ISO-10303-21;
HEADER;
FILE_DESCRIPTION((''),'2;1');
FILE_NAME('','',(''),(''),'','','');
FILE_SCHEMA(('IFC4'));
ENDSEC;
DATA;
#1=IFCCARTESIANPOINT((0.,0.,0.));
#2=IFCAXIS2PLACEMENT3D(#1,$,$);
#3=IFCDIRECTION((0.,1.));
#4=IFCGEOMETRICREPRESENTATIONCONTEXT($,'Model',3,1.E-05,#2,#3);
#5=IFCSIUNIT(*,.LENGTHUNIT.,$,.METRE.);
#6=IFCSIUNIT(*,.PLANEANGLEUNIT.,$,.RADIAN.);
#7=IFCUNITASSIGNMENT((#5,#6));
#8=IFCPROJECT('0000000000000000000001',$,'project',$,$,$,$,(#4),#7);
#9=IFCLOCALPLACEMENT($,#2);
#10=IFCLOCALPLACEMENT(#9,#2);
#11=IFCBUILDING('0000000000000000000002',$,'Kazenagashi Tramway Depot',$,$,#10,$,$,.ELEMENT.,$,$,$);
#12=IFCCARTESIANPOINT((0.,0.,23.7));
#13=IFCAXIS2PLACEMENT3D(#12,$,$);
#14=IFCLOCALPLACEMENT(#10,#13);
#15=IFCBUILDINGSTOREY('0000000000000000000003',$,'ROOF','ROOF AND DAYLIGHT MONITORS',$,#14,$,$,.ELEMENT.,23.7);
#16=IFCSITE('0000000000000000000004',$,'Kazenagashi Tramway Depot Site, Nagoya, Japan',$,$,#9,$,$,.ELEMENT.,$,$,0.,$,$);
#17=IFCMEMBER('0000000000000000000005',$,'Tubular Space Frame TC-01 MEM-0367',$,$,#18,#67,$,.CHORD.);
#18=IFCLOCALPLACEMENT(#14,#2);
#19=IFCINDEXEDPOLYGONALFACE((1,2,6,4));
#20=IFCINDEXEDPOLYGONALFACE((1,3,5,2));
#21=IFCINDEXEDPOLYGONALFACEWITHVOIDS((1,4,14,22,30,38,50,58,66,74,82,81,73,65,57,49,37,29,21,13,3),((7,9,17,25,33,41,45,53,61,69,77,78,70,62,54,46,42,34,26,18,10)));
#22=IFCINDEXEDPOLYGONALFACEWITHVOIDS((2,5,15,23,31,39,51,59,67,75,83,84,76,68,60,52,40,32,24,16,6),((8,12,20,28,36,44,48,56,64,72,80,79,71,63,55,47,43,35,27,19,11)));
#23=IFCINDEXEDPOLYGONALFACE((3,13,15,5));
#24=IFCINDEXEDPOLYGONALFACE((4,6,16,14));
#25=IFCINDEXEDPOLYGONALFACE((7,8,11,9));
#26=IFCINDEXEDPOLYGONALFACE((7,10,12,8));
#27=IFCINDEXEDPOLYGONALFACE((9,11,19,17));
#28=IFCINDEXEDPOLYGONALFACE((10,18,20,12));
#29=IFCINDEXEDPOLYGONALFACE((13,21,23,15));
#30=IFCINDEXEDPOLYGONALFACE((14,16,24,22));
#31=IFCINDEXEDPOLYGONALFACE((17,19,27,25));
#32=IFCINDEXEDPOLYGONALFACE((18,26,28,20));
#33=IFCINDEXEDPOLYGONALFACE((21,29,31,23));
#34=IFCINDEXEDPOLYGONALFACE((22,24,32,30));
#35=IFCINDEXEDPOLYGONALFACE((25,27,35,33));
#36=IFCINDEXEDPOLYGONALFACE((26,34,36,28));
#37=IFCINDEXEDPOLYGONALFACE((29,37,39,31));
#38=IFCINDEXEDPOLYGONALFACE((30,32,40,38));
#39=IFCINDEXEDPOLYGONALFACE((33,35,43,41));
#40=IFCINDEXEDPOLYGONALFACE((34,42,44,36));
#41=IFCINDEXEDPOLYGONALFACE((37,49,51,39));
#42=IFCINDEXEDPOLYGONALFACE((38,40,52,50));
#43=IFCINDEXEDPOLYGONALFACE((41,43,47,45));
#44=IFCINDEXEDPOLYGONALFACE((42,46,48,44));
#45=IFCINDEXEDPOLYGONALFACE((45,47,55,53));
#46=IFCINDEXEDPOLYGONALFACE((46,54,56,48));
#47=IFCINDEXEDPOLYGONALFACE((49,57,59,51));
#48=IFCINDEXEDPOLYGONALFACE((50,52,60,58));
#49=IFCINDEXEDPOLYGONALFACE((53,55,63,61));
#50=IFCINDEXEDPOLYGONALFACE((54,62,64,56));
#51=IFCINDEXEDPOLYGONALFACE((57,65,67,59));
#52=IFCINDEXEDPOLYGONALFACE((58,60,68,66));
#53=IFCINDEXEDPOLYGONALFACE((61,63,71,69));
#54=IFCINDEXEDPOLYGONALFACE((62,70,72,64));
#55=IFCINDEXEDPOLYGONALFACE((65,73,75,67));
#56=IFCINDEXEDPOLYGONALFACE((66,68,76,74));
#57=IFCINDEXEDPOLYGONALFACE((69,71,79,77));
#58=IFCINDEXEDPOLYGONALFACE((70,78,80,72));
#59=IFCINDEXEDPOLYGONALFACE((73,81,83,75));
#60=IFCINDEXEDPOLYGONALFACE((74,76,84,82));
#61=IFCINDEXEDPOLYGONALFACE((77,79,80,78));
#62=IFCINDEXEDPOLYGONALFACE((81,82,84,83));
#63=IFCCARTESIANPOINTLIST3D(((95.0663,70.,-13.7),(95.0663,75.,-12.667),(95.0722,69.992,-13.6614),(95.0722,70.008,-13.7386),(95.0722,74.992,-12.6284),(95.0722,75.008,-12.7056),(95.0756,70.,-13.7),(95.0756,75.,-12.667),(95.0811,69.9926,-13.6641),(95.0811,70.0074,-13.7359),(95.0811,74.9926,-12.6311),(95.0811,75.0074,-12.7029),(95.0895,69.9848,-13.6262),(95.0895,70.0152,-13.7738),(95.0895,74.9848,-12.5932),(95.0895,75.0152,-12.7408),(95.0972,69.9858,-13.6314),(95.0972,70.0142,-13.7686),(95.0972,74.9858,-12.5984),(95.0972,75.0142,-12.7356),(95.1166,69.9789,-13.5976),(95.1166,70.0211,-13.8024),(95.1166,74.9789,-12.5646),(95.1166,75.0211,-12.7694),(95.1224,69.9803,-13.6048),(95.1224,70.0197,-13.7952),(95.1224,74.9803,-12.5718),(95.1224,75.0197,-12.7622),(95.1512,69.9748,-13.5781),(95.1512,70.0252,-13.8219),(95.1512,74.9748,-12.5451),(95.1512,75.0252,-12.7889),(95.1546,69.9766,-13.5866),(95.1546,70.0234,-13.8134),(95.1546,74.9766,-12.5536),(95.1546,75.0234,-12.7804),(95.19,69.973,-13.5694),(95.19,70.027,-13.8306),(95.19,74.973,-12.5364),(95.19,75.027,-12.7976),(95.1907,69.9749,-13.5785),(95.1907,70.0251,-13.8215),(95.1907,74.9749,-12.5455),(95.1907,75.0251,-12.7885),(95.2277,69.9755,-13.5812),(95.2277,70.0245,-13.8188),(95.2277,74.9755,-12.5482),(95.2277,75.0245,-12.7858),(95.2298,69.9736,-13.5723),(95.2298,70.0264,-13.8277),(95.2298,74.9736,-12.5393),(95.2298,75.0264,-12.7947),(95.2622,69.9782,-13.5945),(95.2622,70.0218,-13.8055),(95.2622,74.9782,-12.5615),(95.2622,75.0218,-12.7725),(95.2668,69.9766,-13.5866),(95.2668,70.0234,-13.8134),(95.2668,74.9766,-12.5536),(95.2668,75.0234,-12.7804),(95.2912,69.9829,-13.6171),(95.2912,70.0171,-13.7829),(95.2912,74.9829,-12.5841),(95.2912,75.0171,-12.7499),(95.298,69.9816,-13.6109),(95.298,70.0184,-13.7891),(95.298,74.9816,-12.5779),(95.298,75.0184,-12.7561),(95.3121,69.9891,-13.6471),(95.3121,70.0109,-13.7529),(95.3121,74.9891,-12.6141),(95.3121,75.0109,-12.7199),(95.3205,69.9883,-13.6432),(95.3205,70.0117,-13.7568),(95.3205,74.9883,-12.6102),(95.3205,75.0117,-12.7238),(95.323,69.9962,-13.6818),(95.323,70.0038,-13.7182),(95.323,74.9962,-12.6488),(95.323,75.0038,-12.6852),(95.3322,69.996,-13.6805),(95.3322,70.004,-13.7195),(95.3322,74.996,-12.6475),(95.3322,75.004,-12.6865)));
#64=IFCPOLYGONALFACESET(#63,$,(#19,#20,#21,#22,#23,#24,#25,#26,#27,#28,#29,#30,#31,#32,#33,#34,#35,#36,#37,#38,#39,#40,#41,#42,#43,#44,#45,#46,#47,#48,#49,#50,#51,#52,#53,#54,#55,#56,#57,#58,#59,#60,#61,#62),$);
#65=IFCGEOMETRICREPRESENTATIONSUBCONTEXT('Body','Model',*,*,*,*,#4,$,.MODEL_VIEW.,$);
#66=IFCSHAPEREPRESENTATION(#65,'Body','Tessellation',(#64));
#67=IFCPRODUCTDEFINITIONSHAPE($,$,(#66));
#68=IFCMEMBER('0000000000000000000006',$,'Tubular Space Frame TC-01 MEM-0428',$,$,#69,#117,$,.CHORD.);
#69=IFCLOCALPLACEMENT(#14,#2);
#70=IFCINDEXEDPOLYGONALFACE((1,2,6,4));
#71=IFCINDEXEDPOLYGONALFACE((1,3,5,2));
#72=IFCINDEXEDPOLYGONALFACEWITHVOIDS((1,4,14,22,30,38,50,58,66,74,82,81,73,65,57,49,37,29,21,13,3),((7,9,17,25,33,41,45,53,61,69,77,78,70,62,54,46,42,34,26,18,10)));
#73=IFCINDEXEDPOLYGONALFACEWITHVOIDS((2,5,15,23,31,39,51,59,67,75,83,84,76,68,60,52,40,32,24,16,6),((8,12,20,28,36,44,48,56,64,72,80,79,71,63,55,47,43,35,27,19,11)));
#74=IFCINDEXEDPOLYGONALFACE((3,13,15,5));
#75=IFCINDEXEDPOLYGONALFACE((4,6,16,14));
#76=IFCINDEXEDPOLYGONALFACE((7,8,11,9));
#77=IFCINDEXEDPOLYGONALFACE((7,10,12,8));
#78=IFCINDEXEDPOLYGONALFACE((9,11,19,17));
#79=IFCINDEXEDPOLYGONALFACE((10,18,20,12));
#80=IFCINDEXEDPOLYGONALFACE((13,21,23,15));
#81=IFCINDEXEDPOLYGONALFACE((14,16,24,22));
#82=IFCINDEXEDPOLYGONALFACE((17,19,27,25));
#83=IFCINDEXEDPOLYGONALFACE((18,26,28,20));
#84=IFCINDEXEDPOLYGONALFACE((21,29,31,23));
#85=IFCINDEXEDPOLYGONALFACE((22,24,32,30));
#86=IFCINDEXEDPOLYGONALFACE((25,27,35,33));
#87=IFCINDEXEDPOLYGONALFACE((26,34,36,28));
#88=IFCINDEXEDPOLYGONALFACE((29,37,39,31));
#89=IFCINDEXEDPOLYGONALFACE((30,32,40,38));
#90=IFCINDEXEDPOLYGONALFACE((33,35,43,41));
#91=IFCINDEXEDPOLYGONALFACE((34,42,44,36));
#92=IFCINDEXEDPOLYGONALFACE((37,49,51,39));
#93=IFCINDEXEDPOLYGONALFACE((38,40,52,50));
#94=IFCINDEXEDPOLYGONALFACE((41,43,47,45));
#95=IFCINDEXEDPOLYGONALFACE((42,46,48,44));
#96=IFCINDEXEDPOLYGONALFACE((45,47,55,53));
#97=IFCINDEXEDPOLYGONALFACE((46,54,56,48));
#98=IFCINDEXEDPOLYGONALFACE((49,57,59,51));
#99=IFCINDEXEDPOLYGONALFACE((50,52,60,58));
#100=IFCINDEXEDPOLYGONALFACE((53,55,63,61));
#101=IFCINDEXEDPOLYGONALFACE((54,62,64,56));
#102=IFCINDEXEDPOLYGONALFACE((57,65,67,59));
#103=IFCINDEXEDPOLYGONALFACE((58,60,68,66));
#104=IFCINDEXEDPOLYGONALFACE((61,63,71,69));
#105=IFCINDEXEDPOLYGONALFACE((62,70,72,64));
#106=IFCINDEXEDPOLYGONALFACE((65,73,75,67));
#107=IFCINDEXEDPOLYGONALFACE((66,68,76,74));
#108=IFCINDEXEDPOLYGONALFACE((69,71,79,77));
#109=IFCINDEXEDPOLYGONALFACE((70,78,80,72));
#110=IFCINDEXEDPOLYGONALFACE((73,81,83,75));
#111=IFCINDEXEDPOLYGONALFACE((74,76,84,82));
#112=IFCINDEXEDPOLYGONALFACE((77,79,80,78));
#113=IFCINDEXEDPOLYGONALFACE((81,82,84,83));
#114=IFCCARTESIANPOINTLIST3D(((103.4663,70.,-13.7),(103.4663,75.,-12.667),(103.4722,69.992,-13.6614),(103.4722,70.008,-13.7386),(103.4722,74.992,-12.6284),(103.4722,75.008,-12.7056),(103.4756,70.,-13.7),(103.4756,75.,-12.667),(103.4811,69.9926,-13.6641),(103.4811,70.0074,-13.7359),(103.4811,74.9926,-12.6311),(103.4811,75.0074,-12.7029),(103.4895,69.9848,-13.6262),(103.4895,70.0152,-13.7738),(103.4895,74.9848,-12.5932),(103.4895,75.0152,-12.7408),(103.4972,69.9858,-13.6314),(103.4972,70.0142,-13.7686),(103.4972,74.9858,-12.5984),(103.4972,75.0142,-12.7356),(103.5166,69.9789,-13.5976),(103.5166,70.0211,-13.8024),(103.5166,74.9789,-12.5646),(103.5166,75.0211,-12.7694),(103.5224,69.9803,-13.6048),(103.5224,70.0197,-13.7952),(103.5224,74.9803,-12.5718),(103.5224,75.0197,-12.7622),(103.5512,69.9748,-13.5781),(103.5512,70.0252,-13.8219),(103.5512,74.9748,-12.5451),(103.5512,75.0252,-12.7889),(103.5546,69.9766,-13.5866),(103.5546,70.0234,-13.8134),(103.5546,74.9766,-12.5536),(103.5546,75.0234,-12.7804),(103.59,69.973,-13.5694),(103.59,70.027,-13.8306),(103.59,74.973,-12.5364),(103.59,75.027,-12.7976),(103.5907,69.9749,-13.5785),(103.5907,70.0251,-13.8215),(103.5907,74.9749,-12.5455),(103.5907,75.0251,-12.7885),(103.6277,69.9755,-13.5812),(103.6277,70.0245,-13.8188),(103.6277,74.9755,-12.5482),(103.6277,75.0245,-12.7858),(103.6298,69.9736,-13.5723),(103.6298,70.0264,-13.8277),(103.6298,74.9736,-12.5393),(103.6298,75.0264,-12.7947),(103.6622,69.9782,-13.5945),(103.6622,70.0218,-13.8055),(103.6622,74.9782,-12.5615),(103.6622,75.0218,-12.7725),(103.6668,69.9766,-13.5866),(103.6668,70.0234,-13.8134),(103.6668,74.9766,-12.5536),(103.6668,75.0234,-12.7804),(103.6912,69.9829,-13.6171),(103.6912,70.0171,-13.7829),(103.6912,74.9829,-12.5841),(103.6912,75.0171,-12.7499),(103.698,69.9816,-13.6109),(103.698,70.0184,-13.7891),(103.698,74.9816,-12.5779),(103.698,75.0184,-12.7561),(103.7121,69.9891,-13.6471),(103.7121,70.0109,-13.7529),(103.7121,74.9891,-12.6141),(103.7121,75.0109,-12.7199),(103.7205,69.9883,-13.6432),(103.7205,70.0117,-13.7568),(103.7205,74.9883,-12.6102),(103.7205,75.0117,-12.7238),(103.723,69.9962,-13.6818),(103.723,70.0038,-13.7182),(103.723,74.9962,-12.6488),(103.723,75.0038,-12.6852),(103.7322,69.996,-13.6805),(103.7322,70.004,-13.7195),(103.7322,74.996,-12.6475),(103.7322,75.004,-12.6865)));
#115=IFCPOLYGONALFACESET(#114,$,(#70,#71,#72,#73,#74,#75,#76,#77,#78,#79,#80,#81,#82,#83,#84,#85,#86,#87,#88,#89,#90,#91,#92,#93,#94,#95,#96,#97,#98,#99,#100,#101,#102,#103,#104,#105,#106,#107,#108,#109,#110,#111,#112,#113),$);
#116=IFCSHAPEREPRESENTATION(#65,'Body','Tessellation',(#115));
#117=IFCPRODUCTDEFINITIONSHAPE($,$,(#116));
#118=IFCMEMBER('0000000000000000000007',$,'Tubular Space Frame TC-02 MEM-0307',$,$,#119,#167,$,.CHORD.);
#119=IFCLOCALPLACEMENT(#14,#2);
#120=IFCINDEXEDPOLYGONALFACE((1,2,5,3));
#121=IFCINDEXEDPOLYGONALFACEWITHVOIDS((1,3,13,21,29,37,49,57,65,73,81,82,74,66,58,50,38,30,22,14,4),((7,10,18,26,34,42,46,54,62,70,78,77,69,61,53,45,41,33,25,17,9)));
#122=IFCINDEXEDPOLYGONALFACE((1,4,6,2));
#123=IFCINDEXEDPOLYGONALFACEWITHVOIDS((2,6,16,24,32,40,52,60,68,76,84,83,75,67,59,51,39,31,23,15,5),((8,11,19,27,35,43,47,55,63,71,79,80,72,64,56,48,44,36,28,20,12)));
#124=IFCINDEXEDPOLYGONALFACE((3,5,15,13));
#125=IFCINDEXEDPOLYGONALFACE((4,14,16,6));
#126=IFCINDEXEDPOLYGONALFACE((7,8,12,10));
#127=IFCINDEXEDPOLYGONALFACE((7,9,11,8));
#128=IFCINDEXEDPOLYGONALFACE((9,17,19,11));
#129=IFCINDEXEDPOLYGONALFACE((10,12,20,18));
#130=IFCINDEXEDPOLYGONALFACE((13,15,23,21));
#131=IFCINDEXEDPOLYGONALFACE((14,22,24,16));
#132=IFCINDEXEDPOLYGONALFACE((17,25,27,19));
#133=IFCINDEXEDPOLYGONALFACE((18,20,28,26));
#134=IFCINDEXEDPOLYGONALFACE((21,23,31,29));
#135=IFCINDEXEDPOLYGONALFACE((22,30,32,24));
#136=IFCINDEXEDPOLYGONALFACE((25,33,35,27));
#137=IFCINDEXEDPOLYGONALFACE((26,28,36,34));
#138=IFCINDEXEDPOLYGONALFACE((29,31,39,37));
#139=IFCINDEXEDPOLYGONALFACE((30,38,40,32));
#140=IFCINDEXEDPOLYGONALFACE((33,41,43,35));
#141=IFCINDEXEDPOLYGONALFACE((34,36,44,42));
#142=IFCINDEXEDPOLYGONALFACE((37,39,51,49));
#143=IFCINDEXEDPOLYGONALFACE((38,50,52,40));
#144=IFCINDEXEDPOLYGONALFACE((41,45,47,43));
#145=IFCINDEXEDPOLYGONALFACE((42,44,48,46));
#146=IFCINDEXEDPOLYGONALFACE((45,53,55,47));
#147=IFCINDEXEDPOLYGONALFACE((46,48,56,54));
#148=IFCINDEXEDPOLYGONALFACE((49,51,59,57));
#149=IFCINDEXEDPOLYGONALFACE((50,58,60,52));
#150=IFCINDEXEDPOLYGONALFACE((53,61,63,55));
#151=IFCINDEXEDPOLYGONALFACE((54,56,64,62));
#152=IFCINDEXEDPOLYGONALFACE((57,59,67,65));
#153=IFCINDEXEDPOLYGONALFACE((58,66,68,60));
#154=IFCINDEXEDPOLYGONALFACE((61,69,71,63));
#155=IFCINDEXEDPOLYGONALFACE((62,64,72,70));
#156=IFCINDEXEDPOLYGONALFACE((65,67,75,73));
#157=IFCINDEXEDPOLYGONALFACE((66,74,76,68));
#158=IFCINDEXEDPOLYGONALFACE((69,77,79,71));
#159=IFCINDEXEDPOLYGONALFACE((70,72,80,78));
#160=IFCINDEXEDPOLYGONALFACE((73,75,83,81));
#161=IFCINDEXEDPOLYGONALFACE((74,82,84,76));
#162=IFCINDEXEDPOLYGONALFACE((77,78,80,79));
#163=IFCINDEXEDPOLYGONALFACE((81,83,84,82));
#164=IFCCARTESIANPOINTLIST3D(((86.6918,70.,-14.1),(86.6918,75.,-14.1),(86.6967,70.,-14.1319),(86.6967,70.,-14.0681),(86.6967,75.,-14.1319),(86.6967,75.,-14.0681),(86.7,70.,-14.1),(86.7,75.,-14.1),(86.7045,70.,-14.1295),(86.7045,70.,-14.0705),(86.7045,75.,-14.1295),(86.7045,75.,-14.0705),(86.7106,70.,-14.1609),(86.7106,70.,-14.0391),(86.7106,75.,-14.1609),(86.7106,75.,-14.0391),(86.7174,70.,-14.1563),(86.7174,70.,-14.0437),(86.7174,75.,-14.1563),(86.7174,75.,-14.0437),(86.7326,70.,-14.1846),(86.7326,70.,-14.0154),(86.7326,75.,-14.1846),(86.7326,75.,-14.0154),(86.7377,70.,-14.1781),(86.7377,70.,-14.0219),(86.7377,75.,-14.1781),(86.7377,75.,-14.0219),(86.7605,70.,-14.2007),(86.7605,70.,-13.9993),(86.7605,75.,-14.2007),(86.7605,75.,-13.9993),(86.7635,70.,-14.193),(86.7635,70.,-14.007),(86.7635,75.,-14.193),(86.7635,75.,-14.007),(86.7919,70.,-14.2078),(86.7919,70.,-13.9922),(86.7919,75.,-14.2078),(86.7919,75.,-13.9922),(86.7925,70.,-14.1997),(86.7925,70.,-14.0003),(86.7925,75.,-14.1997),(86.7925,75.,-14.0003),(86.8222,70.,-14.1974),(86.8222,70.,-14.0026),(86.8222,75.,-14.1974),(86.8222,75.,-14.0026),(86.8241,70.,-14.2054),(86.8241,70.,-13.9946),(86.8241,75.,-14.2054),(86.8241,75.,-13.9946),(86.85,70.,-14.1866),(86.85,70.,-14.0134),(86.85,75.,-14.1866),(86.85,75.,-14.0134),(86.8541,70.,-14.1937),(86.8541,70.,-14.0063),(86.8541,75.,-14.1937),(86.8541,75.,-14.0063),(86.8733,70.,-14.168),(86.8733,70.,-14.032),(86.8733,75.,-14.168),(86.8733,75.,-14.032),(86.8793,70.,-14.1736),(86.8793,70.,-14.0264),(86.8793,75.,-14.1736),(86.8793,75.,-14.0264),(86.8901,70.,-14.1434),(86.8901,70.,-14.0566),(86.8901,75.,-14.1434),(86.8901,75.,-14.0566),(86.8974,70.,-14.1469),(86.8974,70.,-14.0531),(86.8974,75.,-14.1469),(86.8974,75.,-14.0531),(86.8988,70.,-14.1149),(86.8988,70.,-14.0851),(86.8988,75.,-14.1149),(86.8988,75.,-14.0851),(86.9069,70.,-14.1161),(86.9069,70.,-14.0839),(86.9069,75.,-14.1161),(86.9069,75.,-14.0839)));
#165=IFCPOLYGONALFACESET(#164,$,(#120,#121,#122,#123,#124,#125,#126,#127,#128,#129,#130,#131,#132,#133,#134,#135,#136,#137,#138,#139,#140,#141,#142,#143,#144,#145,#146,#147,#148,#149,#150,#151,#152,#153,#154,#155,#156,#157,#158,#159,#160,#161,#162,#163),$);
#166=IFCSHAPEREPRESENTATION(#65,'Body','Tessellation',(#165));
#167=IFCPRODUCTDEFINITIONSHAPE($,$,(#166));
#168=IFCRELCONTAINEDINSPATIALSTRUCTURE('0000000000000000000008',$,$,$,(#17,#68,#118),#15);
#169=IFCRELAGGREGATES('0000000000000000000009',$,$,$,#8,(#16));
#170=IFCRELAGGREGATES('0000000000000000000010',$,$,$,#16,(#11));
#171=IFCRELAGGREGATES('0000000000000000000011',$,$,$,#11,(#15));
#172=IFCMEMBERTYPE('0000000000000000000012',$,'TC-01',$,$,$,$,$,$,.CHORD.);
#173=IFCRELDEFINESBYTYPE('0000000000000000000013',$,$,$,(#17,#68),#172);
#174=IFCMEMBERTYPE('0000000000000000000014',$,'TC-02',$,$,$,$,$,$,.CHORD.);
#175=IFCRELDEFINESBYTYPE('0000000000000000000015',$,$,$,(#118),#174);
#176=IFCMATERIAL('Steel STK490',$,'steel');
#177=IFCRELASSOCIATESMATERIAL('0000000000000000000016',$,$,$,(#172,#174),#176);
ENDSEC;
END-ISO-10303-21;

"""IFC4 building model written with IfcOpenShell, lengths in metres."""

from ifc_helpers import new_model, si_unit, direction, frame, origin, origin_2d, place, context, subcontext, project, spatial, hollow_circle, extrude, material, material_profile, profile_set, type_object, element, save


model = new_model("IFC4")

# Units and contexts
model_context = context("Model", 3, precision=1e-05, world=origin(), true_north=direction((0.0, 1.0)))
body_context = subcontext(model_context, "Body", "Model", "MODEL_VIEW")
ifc_project = project(units=[si_unit("LENGTHUNIT", "METRE"), si_unit("PLANEANGLEUNIT", "RADIAN")], contexts=[model_context])

# Site, building, storey
site_placement = place(None, origin())
site = spatial("IfcSite", under=ifc_project, at=site_placement, Name="Kazenagashi Tramway Depot Site, Nagoya, Japan", CompositionType="ELEMENT", RefElevation=0.0)
building_placement = place(site_placement, origin())
building = spatial("IfcBuilding", under=site, at=building_placement, Name="Kazenagashi Tramway Depot", CompositionType="ELEMENT")
storey_placement = place(building_placement, frame((0.0, 0.0, 23.7)))
storey = spatial("IfcBuildingStorey", under=building, at=storey_placement, Name="ROOF", Description="ROOF AND DAYLIGHT MONITORS", CompositionType="ELEMENT", Elevation=23.7)

# Members
ifc_material_1 = material(Name="Steel STK490", Category="steel")
ifc_material_profile_1 = material_profile(ifc_material_1, hollow_circle(Radius=0.1337, WallThickness=0.0093, at=origin_2d()), Name="CHS-267.4x9.3")
ifc_profile_set_1 = profile_set([ifc_material_profile_1], Name="Steel STK490")
member_type_1 = type_object("IfcMemberType", Name="TC-01", PredefinedType="CHORD", material=ifc_profile_set_1)
for number, where, z_axis, x_axis, name in (
    (1, (95.2, 70.0, -13.7), (0.0, 0.979318, 0.202327), (-1.0, 0.0, 0.0), "Tubular Space Frame TC-01 MEM-0367"),
    (2, (103.6, 70.0, -13.7), (0.0, 0.979318, 0.202327), (-1.0, 0.0, 0.0), "Tubular Space Frame TC-01 MEM-0428"),
):
    element("IfcMember", number, at=place(storey_placement, frame(where, z_axis=z_axis, x_axis=x_axis)), inside=storey, type_object=member_type_1, Name=name, PredefinedType="CHORD", context=body_context, shape_type="SweptSolid", body=[
        extrude(hollow_circle(Radius=0.1337, WallThickness=0.0093, at=origin_2d()), origin(), (0.0, 0.0, 1.0), 5.1056),
    ])
ifc_material_profile_2 = material_profile(ifc_material_1, hollow_circle(Radius=0.1081, WallThickness=0.0082, at=origin_2d()), Name="CHS-216.3x8.2")
ifc_profile_set_2 = profile_set([ifc_material_profile_2], Name="Steel STK490")
member_type_2 = type_object("IfcMemberType", Name="TC-02", PredefinedType="CHORD", material=ifc_profile_set_2)
for number, where, z_axis, x_axis, name in (
    (3, (86.8, 70.0, -14.1), (0.0, 1.0, 0.0), (-1.0, 0.0, 0.0), "Tubular Space Frame TC-02 MEM-0307"),
):
    element("IfcMember", number, at=place(storey_placement, frame(where, z_axis=z_axis, x_axis=x_axis)), inside=storey, type_object=member_type_2, Name=name, PredefinedType="CHORD", context=body_context, shape_type="SweptSolid", body=[
        extrude(hollow_circle(Radius=0.1081, WallThickness=0.0082, at=origin_2d()), origin(), (0.0, 0.0, 1.0), 5.0),
    ])

save(model, "model.ifc")
